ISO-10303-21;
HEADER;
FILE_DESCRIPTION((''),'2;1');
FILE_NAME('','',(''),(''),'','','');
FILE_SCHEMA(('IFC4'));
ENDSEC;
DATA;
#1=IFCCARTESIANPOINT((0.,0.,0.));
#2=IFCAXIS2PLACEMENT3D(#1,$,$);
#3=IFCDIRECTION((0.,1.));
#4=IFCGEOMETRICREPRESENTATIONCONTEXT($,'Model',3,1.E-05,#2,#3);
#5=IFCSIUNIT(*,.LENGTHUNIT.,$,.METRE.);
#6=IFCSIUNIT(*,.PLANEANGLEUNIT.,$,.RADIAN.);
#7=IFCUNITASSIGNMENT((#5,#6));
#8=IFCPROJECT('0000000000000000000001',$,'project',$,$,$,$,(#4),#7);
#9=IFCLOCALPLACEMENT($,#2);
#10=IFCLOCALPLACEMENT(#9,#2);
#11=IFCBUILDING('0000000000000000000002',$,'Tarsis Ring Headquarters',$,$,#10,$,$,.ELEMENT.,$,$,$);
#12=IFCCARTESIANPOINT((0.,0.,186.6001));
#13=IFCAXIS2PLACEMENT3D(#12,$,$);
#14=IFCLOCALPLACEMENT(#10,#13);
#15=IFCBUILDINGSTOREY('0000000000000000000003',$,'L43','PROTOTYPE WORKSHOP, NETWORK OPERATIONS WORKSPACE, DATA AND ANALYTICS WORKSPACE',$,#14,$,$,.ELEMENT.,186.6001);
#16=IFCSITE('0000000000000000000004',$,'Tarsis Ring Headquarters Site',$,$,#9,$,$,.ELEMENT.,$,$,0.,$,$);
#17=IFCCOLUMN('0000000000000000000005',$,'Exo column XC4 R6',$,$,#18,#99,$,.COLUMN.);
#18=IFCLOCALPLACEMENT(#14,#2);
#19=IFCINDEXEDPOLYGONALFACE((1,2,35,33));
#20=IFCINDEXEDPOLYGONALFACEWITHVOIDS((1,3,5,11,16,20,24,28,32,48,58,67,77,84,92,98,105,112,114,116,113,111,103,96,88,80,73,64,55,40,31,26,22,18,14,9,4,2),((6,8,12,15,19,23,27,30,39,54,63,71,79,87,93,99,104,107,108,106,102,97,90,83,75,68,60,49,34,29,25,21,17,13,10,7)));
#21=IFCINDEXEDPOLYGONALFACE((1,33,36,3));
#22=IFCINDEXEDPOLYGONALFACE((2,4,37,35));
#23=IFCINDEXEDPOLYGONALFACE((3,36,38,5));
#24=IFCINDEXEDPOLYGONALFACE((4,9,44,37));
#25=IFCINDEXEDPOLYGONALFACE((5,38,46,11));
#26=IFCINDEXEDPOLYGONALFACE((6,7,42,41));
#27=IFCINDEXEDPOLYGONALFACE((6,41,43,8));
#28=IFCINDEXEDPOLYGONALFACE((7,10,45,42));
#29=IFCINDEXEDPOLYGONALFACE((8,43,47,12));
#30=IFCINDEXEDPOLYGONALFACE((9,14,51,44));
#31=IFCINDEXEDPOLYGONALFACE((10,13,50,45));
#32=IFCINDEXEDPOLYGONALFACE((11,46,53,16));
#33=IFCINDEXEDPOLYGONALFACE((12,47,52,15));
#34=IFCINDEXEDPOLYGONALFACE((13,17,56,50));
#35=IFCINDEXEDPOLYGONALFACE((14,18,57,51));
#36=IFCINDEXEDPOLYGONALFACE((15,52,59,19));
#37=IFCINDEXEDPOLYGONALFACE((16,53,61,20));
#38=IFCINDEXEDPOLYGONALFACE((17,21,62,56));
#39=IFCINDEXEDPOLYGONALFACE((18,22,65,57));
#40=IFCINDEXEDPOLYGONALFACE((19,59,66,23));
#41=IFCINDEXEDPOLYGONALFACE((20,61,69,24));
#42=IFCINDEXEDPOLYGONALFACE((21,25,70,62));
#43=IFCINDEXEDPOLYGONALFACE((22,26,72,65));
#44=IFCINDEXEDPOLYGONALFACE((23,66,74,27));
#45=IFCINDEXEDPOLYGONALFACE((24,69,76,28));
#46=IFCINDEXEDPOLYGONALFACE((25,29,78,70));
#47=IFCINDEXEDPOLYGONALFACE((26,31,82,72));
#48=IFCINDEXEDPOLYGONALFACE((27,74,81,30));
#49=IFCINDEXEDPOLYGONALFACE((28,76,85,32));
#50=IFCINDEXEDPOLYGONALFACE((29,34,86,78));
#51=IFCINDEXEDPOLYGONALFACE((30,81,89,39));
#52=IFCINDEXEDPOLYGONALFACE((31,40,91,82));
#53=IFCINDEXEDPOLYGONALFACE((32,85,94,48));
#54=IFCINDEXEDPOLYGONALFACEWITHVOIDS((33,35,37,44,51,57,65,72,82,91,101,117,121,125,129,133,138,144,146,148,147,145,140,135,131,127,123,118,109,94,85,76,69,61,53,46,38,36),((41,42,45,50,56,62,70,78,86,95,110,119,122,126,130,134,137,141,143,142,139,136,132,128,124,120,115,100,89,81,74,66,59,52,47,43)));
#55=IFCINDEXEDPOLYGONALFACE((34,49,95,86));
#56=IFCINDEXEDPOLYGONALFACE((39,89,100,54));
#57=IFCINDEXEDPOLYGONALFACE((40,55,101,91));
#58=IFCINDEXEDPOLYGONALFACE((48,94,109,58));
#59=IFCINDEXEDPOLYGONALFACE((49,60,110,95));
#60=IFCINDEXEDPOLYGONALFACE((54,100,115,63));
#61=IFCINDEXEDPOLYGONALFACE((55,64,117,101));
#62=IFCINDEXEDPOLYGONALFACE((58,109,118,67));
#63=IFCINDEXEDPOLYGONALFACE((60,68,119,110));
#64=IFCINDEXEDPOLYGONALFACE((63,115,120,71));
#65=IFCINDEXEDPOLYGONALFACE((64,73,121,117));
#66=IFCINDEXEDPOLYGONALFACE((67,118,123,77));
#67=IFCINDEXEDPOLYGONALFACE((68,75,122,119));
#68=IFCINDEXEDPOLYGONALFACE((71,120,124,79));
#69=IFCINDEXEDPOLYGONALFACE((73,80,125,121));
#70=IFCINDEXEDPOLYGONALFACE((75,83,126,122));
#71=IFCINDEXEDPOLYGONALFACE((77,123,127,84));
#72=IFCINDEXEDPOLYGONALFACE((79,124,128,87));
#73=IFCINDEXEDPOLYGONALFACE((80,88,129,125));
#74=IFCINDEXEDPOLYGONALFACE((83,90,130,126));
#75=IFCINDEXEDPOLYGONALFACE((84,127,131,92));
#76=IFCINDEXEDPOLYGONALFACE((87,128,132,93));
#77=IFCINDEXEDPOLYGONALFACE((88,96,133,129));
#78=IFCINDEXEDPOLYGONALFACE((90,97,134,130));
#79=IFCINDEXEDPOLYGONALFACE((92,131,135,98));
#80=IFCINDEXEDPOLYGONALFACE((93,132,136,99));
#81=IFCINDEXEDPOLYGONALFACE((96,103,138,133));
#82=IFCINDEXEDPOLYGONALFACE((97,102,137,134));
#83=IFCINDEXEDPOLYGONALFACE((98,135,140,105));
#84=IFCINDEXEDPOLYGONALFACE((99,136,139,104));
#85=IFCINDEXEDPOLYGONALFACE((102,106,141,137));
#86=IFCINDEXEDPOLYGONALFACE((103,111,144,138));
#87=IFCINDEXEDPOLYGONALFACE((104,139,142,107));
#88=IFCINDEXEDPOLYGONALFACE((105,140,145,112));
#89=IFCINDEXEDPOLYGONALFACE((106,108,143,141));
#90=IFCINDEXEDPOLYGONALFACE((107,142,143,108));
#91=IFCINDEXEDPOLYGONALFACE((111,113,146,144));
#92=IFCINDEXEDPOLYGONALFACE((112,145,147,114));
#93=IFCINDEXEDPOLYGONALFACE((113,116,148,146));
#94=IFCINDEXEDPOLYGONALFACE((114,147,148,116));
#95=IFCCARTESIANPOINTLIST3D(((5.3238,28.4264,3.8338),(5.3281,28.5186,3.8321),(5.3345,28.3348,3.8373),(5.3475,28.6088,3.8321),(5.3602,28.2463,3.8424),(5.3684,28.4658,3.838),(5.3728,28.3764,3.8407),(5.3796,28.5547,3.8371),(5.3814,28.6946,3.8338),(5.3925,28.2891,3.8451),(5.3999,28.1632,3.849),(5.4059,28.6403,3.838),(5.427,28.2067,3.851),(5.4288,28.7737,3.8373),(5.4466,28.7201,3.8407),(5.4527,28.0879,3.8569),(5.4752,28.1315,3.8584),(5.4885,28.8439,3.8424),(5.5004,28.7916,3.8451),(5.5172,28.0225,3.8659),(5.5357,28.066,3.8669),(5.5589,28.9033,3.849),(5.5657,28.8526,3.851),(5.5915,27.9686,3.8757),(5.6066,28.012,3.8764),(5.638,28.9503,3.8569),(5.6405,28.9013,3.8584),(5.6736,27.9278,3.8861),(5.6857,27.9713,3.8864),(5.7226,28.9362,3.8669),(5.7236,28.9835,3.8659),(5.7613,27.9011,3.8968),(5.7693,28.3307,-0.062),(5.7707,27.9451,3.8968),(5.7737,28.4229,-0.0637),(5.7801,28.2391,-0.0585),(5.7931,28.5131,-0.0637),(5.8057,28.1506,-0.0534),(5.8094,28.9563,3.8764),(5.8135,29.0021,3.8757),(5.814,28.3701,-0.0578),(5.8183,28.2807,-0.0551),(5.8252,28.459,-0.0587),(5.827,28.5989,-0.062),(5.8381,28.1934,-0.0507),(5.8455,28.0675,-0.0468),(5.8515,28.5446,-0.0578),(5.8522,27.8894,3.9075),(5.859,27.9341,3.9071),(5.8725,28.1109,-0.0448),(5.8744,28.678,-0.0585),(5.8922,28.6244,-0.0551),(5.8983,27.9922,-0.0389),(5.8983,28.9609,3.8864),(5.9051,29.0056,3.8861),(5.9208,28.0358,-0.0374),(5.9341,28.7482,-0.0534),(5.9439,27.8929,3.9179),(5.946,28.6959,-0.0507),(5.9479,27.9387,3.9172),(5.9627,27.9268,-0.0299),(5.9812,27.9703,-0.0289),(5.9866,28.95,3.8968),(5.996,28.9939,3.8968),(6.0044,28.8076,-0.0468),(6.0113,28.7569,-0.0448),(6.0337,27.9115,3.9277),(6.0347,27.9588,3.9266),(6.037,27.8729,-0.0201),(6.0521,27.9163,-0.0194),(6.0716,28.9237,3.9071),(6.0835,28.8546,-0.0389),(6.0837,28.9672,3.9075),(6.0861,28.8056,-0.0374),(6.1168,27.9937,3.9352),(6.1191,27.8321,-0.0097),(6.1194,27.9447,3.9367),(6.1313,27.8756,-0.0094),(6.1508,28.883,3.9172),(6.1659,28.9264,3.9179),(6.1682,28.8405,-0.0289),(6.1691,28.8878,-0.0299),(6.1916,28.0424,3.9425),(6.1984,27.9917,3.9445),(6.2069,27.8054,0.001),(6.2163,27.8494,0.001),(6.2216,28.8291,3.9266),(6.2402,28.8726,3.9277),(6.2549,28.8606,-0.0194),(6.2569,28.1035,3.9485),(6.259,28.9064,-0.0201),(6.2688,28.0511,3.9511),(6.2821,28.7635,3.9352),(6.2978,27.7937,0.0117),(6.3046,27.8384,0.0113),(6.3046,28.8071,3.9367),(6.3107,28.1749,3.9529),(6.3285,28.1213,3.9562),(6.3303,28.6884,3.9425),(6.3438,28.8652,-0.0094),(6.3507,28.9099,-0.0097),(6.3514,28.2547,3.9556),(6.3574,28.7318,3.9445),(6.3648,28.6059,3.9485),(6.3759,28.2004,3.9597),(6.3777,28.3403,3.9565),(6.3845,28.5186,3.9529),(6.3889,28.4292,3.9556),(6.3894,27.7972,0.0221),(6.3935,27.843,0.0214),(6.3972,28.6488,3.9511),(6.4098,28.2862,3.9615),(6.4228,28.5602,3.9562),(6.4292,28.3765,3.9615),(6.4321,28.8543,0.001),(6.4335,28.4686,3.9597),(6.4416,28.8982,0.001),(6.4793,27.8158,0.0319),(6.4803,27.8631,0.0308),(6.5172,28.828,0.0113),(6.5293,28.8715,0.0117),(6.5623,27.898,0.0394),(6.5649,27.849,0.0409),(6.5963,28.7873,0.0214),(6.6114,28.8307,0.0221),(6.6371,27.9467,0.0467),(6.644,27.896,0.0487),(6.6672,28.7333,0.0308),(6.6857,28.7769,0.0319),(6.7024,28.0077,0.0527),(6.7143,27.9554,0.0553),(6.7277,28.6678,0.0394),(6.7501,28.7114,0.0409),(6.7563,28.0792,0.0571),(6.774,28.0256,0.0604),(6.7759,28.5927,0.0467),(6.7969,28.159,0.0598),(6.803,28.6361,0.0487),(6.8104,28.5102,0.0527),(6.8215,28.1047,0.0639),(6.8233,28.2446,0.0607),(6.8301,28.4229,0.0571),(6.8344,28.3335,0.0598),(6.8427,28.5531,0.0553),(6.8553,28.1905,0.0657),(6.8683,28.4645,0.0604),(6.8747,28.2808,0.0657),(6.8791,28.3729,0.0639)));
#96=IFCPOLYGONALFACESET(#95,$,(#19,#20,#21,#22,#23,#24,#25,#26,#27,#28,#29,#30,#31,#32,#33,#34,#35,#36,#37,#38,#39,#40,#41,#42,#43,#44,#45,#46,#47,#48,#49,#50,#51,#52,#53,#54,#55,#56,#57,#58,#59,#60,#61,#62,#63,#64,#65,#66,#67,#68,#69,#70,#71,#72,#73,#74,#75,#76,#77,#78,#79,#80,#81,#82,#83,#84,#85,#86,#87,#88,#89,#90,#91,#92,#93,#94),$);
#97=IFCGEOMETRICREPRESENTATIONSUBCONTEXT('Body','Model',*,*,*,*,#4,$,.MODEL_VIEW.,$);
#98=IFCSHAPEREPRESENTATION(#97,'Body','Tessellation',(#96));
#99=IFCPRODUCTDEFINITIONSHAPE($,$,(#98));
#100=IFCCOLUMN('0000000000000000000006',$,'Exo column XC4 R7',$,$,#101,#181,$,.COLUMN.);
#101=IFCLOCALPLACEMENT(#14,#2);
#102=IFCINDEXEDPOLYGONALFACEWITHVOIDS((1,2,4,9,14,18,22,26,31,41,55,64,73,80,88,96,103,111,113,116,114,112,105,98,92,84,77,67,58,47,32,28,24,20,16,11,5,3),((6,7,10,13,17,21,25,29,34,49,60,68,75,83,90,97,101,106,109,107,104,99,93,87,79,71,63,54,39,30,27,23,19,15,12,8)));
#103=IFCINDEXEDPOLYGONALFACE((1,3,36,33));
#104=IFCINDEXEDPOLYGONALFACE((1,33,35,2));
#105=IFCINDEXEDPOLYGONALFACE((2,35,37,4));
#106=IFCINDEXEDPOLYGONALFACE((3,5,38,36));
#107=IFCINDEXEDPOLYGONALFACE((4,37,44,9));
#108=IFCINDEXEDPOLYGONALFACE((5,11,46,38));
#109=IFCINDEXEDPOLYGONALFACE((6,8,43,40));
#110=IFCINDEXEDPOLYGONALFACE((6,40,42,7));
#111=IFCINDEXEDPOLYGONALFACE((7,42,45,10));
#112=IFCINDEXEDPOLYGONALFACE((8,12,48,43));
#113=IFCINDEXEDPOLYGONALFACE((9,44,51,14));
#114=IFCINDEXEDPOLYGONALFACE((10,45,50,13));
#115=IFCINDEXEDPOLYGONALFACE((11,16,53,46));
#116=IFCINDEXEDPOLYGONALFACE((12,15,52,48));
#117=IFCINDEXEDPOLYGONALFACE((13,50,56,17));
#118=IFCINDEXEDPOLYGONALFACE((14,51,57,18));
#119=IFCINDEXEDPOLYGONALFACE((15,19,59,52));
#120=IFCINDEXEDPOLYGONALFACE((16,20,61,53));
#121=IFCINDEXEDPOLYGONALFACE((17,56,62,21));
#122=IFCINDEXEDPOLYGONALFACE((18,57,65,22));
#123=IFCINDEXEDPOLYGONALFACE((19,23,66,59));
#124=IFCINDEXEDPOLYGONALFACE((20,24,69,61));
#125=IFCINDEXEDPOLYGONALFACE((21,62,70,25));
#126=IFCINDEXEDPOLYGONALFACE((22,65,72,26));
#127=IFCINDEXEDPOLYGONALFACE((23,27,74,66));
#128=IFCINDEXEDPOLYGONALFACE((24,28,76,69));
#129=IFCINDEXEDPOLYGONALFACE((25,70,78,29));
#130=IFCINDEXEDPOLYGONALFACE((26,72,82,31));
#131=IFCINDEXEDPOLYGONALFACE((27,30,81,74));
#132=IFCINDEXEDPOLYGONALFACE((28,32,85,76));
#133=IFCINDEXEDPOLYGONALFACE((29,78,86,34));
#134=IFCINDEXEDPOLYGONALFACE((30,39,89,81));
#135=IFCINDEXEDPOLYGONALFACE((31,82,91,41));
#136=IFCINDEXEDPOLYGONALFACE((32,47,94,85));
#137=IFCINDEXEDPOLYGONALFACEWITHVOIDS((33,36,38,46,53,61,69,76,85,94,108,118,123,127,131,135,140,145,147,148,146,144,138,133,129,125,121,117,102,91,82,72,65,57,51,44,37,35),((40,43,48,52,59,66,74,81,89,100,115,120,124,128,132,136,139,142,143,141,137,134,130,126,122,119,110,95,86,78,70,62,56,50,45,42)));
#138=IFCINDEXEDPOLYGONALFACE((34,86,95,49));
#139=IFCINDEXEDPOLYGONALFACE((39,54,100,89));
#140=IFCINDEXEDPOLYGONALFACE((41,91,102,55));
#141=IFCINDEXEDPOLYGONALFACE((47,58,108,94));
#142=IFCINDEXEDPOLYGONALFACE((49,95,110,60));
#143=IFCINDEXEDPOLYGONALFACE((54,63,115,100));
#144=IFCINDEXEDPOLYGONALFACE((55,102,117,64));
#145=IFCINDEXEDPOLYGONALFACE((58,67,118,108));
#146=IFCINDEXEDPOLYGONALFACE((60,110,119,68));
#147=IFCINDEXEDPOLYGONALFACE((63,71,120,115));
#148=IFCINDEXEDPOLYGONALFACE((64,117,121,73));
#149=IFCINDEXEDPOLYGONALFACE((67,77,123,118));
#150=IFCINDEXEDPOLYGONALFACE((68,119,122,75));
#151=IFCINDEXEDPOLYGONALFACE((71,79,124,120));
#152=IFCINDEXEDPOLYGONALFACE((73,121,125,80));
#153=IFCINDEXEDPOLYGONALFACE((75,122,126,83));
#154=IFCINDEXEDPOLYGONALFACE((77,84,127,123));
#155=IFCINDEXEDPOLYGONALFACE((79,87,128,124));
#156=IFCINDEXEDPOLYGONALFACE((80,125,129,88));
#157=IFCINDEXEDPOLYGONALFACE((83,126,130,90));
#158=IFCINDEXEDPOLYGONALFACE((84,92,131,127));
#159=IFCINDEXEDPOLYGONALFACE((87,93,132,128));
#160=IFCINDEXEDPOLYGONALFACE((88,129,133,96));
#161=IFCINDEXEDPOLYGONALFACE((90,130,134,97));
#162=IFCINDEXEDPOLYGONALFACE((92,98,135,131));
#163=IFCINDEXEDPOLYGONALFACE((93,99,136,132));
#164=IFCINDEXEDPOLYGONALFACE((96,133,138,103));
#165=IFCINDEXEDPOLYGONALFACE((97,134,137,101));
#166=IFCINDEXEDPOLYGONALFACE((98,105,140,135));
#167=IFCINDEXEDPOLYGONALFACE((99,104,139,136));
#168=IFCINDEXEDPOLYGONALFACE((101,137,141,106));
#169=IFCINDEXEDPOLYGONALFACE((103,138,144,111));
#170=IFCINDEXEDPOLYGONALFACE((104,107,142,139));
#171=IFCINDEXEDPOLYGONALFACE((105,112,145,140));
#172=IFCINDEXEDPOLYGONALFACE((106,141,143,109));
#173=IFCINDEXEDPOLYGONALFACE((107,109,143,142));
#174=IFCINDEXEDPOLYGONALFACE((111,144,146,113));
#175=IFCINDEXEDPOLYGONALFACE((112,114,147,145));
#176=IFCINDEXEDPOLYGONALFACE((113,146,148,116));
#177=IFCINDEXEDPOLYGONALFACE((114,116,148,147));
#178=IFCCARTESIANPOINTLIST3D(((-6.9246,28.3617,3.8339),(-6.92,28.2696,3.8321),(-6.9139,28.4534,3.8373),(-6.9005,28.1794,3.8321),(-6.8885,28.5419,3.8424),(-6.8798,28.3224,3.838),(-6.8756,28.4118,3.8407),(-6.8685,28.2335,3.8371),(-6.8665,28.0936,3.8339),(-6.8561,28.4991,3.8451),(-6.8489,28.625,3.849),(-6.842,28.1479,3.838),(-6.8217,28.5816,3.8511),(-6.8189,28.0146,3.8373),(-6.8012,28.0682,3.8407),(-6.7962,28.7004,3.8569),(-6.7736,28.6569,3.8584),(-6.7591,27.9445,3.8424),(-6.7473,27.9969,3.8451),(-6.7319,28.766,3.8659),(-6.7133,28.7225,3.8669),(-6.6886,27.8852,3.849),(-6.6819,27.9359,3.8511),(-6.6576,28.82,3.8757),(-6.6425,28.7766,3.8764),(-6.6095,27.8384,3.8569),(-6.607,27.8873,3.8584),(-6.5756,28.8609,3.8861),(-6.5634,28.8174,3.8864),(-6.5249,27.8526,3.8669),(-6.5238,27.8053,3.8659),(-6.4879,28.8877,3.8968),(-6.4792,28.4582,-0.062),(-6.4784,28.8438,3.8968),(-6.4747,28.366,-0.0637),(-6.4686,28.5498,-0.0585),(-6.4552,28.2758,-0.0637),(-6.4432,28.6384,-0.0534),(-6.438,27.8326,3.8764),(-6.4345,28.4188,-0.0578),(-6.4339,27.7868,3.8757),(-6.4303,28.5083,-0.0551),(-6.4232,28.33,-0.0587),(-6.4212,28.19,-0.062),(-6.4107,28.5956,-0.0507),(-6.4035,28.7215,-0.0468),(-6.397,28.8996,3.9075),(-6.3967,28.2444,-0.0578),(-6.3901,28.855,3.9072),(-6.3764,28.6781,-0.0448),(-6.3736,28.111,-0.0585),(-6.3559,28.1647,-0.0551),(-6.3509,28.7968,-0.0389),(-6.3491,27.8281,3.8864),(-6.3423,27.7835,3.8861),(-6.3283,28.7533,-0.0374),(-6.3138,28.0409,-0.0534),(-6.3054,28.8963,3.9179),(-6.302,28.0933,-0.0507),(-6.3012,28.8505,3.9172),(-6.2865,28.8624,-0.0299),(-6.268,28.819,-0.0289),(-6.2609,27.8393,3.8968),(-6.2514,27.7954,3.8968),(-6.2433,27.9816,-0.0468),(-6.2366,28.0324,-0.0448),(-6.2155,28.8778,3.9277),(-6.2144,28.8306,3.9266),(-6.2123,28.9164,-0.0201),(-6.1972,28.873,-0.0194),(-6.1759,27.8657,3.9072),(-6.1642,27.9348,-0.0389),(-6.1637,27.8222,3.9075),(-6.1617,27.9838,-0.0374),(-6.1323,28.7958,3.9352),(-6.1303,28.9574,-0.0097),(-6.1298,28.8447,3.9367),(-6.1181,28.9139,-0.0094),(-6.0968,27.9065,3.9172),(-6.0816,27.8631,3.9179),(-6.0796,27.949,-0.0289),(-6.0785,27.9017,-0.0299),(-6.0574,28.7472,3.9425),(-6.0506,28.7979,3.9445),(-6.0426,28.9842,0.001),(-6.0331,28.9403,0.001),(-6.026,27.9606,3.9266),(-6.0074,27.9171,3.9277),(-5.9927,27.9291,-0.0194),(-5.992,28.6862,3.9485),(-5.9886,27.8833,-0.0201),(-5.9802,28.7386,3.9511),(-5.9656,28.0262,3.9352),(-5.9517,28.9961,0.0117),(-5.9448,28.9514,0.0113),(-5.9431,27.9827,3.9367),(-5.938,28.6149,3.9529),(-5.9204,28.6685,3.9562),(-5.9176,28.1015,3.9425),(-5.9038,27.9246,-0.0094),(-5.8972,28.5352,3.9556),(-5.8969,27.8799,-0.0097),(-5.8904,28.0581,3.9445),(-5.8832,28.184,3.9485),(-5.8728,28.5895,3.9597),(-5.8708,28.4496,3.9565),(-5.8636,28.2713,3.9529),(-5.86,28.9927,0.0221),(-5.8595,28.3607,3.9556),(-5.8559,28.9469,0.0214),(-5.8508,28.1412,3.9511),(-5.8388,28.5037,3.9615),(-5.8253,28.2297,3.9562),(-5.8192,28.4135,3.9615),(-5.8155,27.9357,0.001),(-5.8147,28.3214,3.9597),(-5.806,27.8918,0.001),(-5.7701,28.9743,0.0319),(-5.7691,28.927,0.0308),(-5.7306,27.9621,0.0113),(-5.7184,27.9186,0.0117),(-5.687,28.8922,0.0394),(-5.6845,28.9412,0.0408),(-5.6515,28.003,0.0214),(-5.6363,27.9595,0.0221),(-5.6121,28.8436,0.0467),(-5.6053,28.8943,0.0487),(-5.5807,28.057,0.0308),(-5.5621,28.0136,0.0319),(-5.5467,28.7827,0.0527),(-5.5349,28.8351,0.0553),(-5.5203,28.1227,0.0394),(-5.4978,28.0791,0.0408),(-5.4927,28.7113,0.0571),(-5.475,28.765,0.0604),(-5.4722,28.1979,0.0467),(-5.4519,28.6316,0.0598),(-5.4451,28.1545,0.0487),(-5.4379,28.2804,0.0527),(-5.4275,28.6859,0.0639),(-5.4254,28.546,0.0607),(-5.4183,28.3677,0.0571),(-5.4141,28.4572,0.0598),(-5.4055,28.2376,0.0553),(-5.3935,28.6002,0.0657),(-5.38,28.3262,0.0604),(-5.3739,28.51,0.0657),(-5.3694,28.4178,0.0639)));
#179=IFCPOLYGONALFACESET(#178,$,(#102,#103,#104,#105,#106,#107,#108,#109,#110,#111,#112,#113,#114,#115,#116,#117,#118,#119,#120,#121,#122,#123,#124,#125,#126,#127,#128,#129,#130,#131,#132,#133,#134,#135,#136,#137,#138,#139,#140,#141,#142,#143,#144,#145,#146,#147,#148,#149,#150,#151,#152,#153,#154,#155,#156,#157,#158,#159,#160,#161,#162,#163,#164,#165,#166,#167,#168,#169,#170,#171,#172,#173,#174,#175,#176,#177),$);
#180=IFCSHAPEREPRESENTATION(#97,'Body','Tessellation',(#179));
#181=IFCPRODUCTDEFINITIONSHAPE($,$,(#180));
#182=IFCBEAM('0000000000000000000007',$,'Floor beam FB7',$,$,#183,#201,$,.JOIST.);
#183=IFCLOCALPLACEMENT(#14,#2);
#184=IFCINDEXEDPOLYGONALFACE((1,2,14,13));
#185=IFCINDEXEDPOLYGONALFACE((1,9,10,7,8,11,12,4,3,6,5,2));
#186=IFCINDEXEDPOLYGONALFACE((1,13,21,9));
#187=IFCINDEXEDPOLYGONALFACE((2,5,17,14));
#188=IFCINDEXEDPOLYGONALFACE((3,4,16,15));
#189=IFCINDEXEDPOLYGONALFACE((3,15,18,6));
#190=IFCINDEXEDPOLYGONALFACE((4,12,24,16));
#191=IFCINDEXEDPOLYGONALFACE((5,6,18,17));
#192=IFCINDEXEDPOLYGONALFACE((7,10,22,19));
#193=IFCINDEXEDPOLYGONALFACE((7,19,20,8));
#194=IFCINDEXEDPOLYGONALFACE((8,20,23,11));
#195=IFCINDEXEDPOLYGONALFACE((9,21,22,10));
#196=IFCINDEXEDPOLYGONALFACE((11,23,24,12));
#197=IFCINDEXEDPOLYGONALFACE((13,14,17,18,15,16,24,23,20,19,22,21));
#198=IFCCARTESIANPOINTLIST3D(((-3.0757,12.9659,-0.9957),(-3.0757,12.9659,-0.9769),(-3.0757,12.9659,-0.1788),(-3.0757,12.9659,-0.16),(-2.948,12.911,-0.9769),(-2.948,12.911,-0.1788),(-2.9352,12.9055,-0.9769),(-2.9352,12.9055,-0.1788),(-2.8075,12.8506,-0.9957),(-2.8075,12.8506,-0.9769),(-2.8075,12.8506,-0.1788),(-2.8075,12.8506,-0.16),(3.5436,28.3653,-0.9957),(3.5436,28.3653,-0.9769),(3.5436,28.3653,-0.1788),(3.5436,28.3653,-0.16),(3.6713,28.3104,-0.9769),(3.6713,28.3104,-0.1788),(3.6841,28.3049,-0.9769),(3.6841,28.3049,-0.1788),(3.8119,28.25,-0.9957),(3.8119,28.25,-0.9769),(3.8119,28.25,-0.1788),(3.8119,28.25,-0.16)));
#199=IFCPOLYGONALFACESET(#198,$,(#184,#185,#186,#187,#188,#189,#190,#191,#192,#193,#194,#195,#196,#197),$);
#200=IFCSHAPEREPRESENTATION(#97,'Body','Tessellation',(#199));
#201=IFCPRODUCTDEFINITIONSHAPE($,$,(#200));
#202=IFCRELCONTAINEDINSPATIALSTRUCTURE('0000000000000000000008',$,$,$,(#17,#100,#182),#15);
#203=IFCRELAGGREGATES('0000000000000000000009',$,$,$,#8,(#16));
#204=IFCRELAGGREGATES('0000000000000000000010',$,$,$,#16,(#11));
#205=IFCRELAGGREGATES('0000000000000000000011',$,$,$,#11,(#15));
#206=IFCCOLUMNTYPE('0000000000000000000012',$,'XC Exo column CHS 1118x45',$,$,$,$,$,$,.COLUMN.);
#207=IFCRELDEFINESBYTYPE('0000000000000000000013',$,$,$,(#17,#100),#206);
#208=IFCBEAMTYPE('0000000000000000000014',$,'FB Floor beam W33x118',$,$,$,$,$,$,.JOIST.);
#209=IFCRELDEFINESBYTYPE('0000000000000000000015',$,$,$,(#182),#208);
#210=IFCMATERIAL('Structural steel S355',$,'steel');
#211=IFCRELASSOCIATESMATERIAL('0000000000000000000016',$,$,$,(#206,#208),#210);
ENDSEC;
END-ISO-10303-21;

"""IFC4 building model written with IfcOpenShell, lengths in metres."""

from ifc_helpers import new_model, si_unit, direction, frame, origin, origin_2d, place, context, subcontext, project, spatial, hollow_circle, i_section, extrude, material, material_profile, profile_set, type_object, element, save


model = new_model("IFC4")

# Units and contexts
model_context = context("Model", 3, precision=1e-05, world=origin(), true_north=direction((0.0, 1.0)))
body_context = subcontext(model_context, "Body", "Model", "MODEL_VIEW")
ifc_project = project(units=[si_unit("LENGTHUNIT", "METRE"), si_unit("PLANEANGLEUNIT", "RADIAN")], contexts=[model_context])

# Site, building, storey
site_placement = place(None, origin())
site = spatial("IfcSite", under=ifc_project, at=site_placement, Name="Tarsis Ring Headquarters Site", CompositionType="ELEMENT", RefElevation=0.0)
building_placement = place(site_placement, origin())
building = spatial("IfcBuilding", under=site, at=building_placement, Name="Tarsis Ring Headquarters", CompositionType="ELEMENT")
storey_placement = place(building_placement, frame((0.0, 0.0, 186.6001)))
storey = spatial("IfcBuildingStorey", under=building, at=storey_placement, Name="L43", Description="PROTOTYPE WORKSHOP, NETWORK OPERATIONS WORKSPACE, DATA AND ANALYTICS WORKSPACE", CompositionType="ELEMENT", Elevation=186.6001)

# Columns
ifc_material_1 = material(Name="Structural steel S355", Category="steel")
ifc_material_profile_1 = material_profile(ifc_material_1, hollow_circle(Radius=0.5588, WallThickness=0.0449, at=origin_2d()), Name="CHS 1118x45")
ifc_profile_set_1 = profile_set([ifc_material_profile_1], Name="Structural steel S355")
column_type = type_object("IfcColumnType", Name="XC Exo column CHS 1118x45", PredefinedType="COLUMN", material=ifc_profile_set_1)
for number, where, z_axis, x_axis, name in (
    (1, (6.3242, 28.3518, 0.001), (-0.113595, 0.0244, 0.993227), (-0.210005, -0.9777, 0.0), "Exo column XC4 R6"),
    (2, (-5.9243, 28.438, 0.001), (-0.113533, -0.024586, 0.99323), (0.211651, -0.977345, 0.0), "Exo column XC4 R7"),
):
    element("IfcColumn", number, at=place(storey_placement, frame(where, z_axis=z_axis, x_axis=x_axis)), inside=storey, type_object=column_type, Name=name, PredefinedType="COLUMN", context=body_context, shape_type="SweptSolid", body=[
        extrude(hollow_circle(Radius=0.5588, WallThickness=0.0449, at=origin_2d()), origin(), (0.0, 0.0, 1.0), 3.9224),
    ])

# Beam
ifc_material_profile_2 = material_profile(ifc_material_1, i_section(OverallWidth=0.292, OverallDepth=0.8357, WebThickness=0.0139, FlangeThickness=0.0188, at=origin_2d()), Name="W33x118")
ifc_profile_set_2 = profile_set([ifc_material_profile_2], Name="Structural steel S355")
beam_type_1 = type_object("IfcBeamType", Name="FB Floor beam W33x118", PredefinedType="JOIST", material=ifc_profile_set_2)
beam_1_placement = place(storey_placement, frame((3.6777, 28.3076, -0.5779), z_axis=(-0.394909, -0.91872, 0.0), x_axis=(0.91872, -0.394909, 0.0)))
element("IfcBeam", 3, at=beam_1_placement, inside=storey, type_object=beam_type_1, Name="Floor beam FB7", PredefinedType="JOIST", context=body_context, shape_type="SweptSolid", body=[
    extrude(i_section(OverallWidth=0.292, OverallDepth=0.8357, WebThickness=0.0139, FlangeThickness=0.0188, at=origin_2d()), origin(), (0.0, 0.0, 1.0), 16.7617),
])

save(model, "model.ifc")
